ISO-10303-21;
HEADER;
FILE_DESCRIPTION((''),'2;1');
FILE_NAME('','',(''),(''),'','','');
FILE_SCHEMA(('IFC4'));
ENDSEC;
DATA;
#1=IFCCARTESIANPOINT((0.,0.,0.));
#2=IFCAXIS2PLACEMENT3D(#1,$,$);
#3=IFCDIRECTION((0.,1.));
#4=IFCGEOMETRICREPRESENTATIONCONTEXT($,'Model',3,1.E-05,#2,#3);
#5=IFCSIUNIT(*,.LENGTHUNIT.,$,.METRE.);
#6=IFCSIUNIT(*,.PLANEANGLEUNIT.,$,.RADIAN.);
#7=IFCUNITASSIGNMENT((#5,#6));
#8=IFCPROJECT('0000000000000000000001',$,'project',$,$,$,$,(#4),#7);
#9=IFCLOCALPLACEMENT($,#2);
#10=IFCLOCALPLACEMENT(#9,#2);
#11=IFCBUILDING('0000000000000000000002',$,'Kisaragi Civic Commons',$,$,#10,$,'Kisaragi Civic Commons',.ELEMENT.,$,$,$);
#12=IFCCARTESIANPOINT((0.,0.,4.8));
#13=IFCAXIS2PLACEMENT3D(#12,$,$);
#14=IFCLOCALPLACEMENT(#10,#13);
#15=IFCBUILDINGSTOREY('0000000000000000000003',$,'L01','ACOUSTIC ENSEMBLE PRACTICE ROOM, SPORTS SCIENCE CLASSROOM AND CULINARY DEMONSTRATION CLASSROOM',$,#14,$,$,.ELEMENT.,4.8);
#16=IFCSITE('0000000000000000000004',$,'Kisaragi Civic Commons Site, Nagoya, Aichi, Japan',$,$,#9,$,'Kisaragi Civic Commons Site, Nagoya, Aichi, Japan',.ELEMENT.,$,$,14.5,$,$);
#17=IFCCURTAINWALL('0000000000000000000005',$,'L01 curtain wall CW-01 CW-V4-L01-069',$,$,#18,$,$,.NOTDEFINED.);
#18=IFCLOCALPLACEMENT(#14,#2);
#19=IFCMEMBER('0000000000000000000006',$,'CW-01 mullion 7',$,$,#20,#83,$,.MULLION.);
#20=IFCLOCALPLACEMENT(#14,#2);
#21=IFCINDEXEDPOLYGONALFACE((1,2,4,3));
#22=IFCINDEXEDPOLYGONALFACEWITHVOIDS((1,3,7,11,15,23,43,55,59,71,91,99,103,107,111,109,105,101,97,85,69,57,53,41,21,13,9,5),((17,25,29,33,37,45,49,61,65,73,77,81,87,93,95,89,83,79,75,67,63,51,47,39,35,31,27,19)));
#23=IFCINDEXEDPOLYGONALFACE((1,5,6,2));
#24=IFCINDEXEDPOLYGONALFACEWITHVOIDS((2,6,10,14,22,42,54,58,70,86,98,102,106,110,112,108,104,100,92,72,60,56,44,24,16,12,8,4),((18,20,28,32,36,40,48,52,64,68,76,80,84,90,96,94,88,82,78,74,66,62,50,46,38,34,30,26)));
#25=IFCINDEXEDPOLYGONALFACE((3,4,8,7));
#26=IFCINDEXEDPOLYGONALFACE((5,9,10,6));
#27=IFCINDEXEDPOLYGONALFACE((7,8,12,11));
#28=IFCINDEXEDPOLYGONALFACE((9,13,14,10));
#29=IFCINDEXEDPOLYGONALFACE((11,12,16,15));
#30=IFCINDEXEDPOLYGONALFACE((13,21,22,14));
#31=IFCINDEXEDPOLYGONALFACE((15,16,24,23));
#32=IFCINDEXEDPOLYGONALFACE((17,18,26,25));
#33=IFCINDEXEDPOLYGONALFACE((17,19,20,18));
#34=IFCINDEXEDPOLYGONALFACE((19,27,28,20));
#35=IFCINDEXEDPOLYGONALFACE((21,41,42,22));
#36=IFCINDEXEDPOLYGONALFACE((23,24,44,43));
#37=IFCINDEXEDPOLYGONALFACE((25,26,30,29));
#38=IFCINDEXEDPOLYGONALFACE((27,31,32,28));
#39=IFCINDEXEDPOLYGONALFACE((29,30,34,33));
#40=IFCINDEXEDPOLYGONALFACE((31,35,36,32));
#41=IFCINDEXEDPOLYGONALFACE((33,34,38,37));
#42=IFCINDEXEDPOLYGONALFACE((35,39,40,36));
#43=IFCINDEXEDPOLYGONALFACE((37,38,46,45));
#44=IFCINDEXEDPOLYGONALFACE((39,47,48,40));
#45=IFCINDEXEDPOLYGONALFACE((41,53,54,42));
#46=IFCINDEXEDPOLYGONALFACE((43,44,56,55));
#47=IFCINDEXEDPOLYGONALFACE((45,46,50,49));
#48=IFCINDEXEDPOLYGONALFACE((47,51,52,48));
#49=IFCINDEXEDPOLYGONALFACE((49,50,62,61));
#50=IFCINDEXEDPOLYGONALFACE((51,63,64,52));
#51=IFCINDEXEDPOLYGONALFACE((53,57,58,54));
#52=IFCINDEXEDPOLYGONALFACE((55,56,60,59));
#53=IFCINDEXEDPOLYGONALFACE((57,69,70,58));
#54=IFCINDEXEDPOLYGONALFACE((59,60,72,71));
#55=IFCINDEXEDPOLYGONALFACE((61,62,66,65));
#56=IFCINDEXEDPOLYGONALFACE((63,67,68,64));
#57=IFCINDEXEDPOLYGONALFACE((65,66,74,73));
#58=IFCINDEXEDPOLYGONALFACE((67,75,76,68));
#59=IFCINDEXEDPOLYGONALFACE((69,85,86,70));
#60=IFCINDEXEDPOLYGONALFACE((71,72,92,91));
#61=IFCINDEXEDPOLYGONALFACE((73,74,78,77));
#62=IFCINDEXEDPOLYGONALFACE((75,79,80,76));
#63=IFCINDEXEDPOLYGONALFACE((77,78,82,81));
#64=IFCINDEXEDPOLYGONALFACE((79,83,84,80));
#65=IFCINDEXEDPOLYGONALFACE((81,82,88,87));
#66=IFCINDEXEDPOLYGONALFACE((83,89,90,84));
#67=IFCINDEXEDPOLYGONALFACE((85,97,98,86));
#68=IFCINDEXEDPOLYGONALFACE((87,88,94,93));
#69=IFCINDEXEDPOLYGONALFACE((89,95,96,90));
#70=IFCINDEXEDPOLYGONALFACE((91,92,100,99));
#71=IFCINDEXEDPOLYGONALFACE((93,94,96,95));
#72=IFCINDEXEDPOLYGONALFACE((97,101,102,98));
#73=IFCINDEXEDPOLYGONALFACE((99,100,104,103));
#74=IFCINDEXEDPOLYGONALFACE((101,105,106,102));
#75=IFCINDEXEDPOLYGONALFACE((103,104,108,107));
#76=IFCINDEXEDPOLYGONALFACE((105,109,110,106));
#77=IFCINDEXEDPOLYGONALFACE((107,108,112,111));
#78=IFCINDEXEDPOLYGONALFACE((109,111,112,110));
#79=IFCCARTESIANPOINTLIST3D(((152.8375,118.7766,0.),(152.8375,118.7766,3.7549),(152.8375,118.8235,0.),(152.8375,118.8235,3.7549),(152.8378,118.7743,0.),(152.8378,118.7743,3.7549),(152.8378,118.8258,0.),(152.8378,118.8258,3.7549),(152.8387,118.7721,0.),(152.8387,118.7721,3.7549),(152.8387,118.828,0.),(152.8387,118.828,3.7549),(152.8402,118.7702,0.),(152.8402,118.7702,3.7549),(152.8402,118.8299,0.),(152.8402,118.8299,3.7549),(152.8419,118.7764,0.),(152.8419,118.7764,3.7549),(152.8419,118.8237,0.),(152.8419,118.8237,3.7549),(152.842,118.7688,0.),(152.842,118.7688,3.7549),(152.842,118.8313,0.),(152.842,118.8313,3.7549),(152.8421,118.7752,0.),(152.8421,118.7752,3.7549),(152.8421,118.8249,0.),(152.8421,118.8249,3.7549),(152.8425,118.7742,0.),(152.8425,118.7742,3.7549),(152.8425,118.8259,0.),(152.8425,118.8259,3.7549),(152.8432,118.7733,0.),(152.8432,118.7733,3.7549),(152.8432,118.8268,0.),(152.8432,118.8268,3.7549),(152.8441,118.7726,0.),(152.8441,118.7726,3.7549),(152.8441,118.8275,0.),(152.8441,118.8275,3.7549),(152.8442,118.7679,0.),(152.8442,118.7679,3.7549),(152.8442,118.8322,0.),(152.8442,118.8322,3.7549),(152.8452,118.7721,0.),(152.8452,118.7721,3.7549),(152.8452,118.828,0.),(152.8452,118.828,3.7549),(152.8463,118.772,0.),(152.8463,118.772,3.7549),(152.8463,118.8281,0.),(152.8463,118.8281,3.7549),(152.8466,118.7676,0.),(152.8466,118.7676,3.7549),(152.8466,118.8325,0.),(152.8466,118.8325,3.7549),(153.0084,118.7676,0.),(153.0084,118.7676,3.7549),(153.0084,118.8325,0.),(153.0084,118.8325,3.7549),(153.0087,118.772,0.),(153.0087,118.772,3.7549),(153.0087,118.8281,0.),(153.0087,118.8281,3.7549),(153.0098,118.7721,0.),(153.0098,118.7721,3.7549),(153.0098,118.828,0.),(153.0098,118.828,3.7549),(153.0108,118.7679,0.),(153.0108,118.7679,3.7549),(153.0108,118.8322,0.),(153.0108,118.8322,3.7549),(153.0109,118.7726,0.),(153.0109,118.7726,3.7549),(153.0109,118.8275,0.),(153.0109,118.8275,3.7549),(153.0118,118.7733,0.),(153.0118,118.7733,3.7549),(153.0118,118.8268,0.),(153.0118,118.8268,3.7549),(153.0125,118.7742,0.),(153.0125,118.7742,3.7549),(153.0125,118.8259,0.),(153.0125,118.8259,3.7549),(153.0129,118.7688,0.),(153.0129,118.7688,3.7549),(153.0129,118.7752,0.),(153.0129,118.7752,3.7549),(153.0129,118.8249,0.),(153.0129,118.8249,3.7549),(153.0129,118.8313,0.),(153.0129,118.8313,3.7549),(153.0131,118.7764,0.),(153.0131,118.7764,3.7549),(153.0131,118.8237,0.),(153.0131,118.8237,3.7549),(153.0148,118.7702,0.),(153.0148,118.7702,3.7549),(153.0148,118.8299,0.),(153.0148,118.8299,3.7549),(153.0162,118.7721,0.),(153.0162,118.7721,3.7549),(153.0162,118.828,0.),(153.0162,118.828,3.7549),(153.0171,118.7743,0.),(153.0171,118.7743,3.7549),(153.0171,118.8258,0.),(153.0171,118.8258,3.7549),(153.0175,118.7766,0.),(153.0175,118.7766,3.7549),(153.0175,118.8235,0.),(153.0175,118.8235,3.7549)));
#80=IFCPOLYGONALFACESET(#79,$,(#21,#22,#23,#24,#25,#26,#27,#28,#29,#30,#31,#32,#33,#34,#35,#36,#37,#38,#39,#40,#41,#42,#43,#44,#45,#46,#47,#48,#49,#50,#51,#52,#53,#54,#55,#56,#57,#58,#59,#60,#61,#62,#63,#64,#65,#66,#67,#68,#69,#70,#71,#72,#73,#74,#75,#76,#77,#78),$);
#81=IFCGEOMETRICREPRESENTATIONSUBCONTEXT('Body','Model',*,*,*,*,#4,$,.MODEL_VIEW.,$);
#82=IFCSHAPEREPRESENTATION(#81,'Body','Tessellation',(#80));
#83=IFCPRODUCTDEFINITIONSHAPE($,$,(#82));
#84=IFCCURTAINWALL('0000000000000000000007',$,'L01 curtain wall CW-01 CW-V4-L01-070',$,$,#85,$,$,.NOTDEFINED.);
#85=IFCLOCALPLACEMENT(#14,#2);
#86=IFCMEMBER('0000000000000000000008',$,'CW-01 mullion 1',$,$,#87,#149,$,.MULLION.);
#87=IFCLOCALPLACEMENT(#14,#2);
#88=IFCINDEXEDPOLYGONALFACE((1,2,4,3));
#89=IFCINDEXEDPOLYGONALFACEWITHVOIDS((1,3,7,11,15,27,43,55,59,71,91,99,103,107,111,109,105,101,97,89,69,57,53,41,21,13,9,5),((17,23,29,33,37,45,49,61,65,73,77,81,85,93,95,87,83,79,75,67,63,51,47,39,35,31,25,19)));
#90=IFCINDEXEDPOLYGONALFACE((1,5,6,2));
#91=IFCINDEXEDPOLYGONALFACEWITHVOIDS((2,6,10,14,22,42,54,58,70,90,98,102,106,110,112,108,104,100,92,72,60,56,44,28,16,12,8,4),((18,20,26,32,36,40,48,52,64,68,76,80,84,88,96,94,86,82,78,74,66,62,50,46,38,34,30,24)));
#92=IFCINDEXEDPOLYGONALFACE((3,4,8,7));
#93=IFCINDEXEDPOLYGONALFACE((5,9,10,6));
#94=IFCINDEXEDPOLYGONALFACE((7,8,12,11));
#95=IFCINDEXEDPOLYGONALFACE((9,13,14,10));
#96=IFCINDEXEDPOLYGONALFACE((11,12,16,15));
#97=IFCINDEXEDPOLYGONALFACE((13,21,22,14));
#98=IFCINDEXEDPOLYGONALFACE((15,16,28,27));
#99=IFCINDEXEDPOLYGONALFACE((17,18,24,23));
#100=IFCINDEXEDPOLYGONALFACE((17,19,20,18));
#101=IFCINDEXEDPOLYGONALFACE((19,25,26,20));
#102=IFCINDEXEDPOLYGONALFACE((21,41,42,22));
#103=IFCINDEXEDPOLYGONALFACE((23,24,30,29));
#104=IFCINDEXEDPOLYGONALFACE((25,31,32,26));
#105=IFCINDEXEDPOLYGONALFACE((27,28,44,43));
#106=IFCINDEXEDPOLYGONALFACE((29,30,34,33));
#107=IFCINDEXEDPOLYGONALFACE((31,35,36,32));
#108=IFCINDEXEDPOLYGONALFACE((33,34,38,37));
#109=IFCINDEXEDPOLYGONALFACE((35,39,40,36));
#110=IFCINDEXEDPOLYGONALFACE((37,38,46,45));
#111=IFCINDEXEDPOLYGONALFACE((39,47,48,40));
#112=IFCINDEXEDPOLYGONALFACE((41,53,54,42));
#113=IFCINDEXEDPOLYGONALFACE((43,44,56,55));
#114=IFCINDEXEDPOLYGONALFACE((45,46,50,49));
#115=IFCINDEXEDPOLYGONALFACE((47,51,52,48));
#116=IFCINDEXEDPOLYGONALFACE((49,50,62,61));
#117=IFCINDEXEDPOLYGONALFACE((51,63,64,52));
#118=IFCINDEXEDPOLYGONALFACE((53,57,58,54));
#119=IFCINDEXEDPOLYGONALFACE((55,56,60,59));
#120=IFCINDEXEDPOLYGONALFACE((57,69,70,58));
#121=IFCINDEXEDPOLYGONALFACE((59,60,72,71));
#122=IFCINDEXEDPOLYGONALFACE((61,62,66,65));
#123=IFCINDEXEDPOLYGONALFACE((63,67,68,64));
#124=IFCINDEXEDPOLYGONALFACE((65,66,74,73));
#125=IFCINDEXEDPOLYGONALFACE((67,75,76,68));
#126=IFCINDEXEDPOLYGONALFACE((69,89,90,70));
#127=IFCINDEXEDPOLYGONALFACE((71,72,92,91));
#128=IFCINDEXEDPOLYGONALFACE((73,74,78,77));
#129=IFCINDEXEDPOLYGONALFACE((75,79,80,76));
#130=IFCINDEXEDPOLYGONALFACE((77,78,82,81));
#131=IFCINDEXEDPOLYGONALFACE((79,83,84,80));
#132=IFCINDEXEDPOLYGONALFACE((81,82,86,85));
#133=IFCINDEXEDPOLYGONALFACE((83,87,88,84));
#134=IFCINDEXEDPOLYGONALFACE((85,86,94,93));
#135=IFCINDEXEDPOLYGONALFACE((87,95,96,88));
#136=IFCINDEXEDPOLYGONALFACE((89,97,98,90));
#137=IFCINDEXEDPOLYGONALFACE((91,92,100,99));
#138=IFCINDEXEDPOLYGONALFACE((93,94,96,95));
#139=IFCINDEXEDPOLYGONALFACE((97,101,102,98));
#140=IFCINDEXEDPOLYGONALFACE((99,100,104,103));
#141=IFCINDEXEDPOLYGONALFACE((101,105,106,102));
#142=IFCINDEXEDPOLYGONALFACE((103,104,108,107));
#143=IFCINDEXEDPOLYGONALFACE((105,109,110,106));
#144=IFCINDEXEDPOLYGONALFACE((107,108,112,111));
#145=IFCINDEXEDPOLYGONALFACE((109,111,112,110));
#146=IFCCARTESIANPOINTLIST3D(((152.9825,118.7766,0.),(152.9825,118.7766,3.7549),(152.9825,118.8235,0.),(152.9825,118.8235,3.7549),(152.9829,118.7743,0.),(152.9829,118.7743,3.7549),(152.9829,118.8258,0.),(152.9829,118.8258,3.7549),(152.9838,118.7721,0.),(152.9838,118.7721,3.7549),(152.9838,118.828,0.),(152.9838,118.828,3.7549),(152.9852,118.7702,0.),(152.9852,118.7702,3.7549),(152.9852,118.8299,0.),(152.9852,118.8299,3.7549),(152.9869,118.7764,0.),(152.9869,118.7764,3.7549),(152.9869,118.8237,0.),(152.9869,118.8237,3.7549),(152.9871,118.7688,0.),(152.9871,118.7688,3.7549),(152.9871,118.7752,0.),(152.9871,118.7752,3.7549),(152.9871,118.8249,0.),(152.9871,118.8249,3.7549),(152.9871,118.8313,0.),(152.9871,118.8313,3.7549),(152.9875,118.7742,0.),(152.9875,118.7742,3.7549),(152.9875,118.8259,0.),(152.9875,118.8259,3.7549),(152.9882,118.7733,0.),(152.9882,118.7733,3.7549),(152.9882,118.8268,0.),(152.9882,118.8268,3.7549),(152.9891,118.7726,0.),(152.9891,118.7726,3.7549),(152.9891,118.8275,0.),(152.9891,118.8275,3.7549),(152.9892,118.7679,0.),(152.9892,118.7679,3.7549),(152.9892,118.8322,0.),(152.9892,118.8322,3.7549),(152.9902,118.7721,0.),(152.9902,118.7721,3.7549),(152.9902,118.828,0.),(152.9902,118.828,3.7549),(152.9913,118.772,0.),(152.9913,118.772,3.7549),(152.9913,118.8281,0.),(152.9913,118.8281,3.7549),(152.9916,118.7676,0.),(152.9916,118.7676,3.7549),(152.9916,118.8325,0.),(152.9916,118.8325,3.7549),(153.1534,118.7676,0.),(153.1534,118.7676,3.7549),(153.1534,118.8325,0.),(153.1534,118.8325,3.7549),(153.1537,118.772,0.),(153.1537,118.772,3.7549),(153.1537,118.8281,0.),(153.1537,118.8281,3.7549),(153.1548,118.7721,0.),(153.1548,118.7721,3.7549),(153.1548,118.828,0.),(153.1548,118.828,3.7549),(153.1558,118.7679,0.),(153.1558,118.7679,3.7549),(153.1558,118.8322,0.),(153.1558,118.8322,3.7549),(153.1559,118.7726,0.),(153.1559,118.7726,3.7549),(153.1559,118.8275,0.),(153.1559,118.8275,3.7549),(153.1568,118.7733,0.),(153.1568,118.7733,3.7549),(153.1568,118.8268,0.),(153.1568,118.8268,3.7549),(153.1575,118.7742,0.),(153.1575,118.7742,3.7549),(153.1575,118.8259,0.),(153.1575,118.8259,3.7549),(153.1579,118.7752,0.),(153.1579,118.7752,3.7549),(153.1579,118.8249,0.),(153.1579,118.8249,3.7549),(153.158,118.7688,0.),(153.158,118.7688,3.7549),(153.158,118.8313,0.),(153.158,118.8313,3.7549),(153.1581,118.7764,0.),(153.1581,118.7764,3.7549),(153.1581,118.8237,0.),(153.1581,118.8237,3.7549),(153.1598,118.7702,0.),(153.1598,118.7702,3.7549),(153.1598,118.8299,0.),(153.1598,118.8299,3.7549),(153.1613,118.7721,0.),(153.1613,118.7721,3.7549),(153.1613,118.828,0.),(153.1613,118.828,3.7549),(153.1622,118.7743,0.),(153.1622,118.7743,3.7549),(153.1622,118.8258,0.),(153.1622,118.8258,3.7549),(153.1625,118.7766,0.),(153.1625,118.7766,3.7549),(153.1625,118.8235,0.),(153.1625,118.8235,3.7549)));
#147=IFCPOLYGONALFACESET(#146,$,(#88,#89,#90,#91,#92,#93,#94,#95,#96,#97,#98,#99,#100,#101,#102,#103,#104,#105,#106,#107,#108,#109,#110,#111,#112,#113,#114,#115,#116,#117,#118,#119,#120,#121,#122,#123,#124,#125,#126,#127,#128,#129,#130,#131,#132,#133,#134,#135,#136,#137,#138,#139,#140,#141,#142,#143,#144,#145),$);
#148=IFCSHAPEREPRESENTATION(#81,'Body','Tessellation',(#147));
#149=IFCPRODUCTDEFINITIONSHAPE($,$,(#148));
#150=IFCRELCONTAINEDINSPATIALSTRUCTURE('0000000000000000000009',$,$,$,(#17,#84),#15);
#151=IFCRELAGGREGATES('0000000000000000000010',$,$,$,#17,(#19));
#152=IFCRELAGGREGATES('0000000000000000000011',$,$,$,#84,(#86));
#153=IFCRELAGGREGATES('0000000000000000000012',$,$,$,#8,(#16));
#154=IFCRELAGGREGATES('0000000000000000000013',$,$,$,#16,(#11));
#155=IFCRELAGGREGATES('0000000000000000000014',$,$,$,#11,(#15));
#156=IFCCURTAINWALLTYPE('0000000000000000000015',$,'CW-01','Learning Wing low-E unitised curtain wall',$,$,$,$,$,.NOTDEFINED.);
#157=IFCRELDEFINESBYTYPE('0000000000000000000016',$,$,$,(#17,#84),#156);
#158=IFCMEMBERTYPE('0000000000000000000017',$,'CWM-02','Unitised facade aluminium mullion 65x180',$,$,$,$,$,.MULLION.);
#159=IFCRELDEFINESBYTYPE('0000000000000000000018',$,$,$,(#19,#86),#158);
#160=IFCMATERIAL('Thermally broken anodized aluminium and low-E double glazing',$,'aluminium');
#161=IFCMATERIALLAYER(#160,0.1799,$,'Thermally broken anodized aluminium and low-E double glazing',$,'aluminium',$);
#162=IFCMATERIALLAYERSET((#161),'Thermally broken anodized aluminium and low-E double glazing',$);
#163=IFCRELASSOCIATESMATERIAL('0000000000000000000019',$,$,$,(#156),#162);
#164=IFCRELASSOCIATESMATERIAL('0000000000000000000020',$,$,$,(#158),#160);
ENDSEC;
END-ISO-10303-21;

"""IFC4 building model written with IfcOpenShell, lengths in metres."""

from ifc_helpers import new_model, si_unit, direction, frame, origin, origin_2d, place, context, subcontext, project, spatial, hollow_rectangle, extrude, material, layer, layer_set, material_profile, profile_set, type_object, element, aggregate, save


model = new_model("IFC4")

# Units and contexts
model_context = context("Model", 3, precision=1e-05, world=origin(), true_north=direction((0.0, 1.0)))
body_context = subcontext(model_context, "Body", "Model", "MODEL_VIEW")
ifc_project = project(units=[si_unit("LENGTHUNIT", "METRE"), si_unit("PLANEANGLEUNIT", "RADIAN")], contexts=[model_context])

# Site, building, storey
site_placement = place(None, origin())
site = spatial("IfcSite", under=ifc_project, at=site_placement, Name="Kisaragi Civic Commons Site, Nagoya, Aichi, Japan", LongName="Kisaragi Civic Commons Site, Nagoya, Aichi, Japan", CompositionType="ELEMENT", RefElevation=14.5)
building_placement = place(site_placement, origin())
building = spatial("IfcBuilding", under=site, at=building_placement, Name="Kisaragi Civic Commons", LongName="Kisaragi Civic Commons", CompositionType="ELEMENT")
storey_placement = place(building_placement, frame((0.0, 0.0, 4.8)))
storey = spatial("IfcBuildingStorey", under=building, at=storey_placement, Name="L01", Description="ACOUSTIC ENSEMBLE PRACTICE ROOM, SPORTS SCIENCE CLASSROOM AND CULINARY DEMONSTRATION CLASSROOM", CompositionType="ELEMENT", Elevation=4.8)

# Curtain wall, member
ifc_material_1 = material(Name="Thermally broken anodized aluminium and low-E double glazing", Category="aluminium")
ifc_layer_1 = layer(ifc_material_1, 0.1799, Name="Thermally broken anodized aluminium and low-E double glazing", Category="aluminium")
ifc_layer_set_1 = layer_set([ifc_layer_1], Name="Thermally broken anodized aluminium and low-E double glazing")
curtain_wall_type = type_object("IfcCurtainWallType", Name="CW-01", Description="Learning Wing low-E unitised curtain wall", PredefinedType="NOTDEFINED", material=ifc_layer_set_1)
curtain_wall_1_placement = place(storey_placement, origin())
curtain_wall_1 = element("IfcCurtainWall", 1, at=curtain_wall_1_placement, inside=storey, type_object=curtain_wall_type, Name="L01 curtain wall CW-01 CW-V4-L01-069", PredefinedType="NOTDEFINED")
ifc_material_profile_1 = material_profile(ifc_material_1, hollow_rectangle(XDim=0.0649, YDim=0.1799, WallThickness=0.0044, InnerFilletRadius=0.0044, OuterFilletRadius=0.009, at=origin_2d()), Name="CWM-65x180x4.5", Category="aluminium")
ifc_profile_set_1 = profile_set([ifc_material_profile_1], Name="Thermally broken anodized aluminium and low-E double glazing")
member_type_1 = type_object("IfcMemberType", Name="CWM-02", Description="Unitised facade aluminium mullion 65x180", PredefinedType="MULLION", material=ifc_profile_set_1)
member_1_placement = place(storey_placement, frame((152.9275, 118.8, 0.0), z_axis=(0.0, 0.0, 1.0), x_axis=(0.0, 1.0, 0.0)))
member_1 = element("IfcMember", 2, at=member_1_placement, type_object=member_type_1, Name="CW-01 mullion 7", PredefinedType="MULLION", context=body_context, shape_type="SweptSolid", body=[
    extrude(hollow_rectangle(XDim=0.0649, YDim=0.1799, WallThickness=0.0044, InnerFilletRadius=0.0044, OuterFilletRadius=0.009, at=origin_2d()), origin(), (0.0, 0.0, 1.0), 3.7549),
])

# Curtain wall, member
curtain_wall_2_placement = place(storey_placement, origin())
curtain_wall_2 = element("IfcCurtainWall", 3, at=curtain_wall_2_placement, inside=storey, type_object=curtain_wall_type, Name="L01 curtain wall CW-01 CW-V4-L01-070", PredefinedType="NOTDEFINED")
member_2_placement = place(storey_placement, frame((153.0725, 118.8, 0.0), z_axis=(0.0, 0.0, 1.0), x_axis=(0.0, 1.0, 0.0)))
member_2 = element("IfcMember", 4, at=member_2_placement, type_object=member_type_1, Name="CW-01 mullion 1", PredefinedType="MULLION", context=body_context, shape_type="SweptSolid", body=[
    extrude(hollow_rectangle(XDim=0.0649, YDim=0.1799, WallThickness=0.0044, InnerFilletRadius=0.0044, OuterFilletRadius=0.009, at=origin_2d()), origin(), (0.0, 0.0, 1.0), 3.7549),
])

aggregate(curtain_wall_1, [member_1])
aggregate(curtain_wall_2, [member_2])

save(model, "model.ifc")
